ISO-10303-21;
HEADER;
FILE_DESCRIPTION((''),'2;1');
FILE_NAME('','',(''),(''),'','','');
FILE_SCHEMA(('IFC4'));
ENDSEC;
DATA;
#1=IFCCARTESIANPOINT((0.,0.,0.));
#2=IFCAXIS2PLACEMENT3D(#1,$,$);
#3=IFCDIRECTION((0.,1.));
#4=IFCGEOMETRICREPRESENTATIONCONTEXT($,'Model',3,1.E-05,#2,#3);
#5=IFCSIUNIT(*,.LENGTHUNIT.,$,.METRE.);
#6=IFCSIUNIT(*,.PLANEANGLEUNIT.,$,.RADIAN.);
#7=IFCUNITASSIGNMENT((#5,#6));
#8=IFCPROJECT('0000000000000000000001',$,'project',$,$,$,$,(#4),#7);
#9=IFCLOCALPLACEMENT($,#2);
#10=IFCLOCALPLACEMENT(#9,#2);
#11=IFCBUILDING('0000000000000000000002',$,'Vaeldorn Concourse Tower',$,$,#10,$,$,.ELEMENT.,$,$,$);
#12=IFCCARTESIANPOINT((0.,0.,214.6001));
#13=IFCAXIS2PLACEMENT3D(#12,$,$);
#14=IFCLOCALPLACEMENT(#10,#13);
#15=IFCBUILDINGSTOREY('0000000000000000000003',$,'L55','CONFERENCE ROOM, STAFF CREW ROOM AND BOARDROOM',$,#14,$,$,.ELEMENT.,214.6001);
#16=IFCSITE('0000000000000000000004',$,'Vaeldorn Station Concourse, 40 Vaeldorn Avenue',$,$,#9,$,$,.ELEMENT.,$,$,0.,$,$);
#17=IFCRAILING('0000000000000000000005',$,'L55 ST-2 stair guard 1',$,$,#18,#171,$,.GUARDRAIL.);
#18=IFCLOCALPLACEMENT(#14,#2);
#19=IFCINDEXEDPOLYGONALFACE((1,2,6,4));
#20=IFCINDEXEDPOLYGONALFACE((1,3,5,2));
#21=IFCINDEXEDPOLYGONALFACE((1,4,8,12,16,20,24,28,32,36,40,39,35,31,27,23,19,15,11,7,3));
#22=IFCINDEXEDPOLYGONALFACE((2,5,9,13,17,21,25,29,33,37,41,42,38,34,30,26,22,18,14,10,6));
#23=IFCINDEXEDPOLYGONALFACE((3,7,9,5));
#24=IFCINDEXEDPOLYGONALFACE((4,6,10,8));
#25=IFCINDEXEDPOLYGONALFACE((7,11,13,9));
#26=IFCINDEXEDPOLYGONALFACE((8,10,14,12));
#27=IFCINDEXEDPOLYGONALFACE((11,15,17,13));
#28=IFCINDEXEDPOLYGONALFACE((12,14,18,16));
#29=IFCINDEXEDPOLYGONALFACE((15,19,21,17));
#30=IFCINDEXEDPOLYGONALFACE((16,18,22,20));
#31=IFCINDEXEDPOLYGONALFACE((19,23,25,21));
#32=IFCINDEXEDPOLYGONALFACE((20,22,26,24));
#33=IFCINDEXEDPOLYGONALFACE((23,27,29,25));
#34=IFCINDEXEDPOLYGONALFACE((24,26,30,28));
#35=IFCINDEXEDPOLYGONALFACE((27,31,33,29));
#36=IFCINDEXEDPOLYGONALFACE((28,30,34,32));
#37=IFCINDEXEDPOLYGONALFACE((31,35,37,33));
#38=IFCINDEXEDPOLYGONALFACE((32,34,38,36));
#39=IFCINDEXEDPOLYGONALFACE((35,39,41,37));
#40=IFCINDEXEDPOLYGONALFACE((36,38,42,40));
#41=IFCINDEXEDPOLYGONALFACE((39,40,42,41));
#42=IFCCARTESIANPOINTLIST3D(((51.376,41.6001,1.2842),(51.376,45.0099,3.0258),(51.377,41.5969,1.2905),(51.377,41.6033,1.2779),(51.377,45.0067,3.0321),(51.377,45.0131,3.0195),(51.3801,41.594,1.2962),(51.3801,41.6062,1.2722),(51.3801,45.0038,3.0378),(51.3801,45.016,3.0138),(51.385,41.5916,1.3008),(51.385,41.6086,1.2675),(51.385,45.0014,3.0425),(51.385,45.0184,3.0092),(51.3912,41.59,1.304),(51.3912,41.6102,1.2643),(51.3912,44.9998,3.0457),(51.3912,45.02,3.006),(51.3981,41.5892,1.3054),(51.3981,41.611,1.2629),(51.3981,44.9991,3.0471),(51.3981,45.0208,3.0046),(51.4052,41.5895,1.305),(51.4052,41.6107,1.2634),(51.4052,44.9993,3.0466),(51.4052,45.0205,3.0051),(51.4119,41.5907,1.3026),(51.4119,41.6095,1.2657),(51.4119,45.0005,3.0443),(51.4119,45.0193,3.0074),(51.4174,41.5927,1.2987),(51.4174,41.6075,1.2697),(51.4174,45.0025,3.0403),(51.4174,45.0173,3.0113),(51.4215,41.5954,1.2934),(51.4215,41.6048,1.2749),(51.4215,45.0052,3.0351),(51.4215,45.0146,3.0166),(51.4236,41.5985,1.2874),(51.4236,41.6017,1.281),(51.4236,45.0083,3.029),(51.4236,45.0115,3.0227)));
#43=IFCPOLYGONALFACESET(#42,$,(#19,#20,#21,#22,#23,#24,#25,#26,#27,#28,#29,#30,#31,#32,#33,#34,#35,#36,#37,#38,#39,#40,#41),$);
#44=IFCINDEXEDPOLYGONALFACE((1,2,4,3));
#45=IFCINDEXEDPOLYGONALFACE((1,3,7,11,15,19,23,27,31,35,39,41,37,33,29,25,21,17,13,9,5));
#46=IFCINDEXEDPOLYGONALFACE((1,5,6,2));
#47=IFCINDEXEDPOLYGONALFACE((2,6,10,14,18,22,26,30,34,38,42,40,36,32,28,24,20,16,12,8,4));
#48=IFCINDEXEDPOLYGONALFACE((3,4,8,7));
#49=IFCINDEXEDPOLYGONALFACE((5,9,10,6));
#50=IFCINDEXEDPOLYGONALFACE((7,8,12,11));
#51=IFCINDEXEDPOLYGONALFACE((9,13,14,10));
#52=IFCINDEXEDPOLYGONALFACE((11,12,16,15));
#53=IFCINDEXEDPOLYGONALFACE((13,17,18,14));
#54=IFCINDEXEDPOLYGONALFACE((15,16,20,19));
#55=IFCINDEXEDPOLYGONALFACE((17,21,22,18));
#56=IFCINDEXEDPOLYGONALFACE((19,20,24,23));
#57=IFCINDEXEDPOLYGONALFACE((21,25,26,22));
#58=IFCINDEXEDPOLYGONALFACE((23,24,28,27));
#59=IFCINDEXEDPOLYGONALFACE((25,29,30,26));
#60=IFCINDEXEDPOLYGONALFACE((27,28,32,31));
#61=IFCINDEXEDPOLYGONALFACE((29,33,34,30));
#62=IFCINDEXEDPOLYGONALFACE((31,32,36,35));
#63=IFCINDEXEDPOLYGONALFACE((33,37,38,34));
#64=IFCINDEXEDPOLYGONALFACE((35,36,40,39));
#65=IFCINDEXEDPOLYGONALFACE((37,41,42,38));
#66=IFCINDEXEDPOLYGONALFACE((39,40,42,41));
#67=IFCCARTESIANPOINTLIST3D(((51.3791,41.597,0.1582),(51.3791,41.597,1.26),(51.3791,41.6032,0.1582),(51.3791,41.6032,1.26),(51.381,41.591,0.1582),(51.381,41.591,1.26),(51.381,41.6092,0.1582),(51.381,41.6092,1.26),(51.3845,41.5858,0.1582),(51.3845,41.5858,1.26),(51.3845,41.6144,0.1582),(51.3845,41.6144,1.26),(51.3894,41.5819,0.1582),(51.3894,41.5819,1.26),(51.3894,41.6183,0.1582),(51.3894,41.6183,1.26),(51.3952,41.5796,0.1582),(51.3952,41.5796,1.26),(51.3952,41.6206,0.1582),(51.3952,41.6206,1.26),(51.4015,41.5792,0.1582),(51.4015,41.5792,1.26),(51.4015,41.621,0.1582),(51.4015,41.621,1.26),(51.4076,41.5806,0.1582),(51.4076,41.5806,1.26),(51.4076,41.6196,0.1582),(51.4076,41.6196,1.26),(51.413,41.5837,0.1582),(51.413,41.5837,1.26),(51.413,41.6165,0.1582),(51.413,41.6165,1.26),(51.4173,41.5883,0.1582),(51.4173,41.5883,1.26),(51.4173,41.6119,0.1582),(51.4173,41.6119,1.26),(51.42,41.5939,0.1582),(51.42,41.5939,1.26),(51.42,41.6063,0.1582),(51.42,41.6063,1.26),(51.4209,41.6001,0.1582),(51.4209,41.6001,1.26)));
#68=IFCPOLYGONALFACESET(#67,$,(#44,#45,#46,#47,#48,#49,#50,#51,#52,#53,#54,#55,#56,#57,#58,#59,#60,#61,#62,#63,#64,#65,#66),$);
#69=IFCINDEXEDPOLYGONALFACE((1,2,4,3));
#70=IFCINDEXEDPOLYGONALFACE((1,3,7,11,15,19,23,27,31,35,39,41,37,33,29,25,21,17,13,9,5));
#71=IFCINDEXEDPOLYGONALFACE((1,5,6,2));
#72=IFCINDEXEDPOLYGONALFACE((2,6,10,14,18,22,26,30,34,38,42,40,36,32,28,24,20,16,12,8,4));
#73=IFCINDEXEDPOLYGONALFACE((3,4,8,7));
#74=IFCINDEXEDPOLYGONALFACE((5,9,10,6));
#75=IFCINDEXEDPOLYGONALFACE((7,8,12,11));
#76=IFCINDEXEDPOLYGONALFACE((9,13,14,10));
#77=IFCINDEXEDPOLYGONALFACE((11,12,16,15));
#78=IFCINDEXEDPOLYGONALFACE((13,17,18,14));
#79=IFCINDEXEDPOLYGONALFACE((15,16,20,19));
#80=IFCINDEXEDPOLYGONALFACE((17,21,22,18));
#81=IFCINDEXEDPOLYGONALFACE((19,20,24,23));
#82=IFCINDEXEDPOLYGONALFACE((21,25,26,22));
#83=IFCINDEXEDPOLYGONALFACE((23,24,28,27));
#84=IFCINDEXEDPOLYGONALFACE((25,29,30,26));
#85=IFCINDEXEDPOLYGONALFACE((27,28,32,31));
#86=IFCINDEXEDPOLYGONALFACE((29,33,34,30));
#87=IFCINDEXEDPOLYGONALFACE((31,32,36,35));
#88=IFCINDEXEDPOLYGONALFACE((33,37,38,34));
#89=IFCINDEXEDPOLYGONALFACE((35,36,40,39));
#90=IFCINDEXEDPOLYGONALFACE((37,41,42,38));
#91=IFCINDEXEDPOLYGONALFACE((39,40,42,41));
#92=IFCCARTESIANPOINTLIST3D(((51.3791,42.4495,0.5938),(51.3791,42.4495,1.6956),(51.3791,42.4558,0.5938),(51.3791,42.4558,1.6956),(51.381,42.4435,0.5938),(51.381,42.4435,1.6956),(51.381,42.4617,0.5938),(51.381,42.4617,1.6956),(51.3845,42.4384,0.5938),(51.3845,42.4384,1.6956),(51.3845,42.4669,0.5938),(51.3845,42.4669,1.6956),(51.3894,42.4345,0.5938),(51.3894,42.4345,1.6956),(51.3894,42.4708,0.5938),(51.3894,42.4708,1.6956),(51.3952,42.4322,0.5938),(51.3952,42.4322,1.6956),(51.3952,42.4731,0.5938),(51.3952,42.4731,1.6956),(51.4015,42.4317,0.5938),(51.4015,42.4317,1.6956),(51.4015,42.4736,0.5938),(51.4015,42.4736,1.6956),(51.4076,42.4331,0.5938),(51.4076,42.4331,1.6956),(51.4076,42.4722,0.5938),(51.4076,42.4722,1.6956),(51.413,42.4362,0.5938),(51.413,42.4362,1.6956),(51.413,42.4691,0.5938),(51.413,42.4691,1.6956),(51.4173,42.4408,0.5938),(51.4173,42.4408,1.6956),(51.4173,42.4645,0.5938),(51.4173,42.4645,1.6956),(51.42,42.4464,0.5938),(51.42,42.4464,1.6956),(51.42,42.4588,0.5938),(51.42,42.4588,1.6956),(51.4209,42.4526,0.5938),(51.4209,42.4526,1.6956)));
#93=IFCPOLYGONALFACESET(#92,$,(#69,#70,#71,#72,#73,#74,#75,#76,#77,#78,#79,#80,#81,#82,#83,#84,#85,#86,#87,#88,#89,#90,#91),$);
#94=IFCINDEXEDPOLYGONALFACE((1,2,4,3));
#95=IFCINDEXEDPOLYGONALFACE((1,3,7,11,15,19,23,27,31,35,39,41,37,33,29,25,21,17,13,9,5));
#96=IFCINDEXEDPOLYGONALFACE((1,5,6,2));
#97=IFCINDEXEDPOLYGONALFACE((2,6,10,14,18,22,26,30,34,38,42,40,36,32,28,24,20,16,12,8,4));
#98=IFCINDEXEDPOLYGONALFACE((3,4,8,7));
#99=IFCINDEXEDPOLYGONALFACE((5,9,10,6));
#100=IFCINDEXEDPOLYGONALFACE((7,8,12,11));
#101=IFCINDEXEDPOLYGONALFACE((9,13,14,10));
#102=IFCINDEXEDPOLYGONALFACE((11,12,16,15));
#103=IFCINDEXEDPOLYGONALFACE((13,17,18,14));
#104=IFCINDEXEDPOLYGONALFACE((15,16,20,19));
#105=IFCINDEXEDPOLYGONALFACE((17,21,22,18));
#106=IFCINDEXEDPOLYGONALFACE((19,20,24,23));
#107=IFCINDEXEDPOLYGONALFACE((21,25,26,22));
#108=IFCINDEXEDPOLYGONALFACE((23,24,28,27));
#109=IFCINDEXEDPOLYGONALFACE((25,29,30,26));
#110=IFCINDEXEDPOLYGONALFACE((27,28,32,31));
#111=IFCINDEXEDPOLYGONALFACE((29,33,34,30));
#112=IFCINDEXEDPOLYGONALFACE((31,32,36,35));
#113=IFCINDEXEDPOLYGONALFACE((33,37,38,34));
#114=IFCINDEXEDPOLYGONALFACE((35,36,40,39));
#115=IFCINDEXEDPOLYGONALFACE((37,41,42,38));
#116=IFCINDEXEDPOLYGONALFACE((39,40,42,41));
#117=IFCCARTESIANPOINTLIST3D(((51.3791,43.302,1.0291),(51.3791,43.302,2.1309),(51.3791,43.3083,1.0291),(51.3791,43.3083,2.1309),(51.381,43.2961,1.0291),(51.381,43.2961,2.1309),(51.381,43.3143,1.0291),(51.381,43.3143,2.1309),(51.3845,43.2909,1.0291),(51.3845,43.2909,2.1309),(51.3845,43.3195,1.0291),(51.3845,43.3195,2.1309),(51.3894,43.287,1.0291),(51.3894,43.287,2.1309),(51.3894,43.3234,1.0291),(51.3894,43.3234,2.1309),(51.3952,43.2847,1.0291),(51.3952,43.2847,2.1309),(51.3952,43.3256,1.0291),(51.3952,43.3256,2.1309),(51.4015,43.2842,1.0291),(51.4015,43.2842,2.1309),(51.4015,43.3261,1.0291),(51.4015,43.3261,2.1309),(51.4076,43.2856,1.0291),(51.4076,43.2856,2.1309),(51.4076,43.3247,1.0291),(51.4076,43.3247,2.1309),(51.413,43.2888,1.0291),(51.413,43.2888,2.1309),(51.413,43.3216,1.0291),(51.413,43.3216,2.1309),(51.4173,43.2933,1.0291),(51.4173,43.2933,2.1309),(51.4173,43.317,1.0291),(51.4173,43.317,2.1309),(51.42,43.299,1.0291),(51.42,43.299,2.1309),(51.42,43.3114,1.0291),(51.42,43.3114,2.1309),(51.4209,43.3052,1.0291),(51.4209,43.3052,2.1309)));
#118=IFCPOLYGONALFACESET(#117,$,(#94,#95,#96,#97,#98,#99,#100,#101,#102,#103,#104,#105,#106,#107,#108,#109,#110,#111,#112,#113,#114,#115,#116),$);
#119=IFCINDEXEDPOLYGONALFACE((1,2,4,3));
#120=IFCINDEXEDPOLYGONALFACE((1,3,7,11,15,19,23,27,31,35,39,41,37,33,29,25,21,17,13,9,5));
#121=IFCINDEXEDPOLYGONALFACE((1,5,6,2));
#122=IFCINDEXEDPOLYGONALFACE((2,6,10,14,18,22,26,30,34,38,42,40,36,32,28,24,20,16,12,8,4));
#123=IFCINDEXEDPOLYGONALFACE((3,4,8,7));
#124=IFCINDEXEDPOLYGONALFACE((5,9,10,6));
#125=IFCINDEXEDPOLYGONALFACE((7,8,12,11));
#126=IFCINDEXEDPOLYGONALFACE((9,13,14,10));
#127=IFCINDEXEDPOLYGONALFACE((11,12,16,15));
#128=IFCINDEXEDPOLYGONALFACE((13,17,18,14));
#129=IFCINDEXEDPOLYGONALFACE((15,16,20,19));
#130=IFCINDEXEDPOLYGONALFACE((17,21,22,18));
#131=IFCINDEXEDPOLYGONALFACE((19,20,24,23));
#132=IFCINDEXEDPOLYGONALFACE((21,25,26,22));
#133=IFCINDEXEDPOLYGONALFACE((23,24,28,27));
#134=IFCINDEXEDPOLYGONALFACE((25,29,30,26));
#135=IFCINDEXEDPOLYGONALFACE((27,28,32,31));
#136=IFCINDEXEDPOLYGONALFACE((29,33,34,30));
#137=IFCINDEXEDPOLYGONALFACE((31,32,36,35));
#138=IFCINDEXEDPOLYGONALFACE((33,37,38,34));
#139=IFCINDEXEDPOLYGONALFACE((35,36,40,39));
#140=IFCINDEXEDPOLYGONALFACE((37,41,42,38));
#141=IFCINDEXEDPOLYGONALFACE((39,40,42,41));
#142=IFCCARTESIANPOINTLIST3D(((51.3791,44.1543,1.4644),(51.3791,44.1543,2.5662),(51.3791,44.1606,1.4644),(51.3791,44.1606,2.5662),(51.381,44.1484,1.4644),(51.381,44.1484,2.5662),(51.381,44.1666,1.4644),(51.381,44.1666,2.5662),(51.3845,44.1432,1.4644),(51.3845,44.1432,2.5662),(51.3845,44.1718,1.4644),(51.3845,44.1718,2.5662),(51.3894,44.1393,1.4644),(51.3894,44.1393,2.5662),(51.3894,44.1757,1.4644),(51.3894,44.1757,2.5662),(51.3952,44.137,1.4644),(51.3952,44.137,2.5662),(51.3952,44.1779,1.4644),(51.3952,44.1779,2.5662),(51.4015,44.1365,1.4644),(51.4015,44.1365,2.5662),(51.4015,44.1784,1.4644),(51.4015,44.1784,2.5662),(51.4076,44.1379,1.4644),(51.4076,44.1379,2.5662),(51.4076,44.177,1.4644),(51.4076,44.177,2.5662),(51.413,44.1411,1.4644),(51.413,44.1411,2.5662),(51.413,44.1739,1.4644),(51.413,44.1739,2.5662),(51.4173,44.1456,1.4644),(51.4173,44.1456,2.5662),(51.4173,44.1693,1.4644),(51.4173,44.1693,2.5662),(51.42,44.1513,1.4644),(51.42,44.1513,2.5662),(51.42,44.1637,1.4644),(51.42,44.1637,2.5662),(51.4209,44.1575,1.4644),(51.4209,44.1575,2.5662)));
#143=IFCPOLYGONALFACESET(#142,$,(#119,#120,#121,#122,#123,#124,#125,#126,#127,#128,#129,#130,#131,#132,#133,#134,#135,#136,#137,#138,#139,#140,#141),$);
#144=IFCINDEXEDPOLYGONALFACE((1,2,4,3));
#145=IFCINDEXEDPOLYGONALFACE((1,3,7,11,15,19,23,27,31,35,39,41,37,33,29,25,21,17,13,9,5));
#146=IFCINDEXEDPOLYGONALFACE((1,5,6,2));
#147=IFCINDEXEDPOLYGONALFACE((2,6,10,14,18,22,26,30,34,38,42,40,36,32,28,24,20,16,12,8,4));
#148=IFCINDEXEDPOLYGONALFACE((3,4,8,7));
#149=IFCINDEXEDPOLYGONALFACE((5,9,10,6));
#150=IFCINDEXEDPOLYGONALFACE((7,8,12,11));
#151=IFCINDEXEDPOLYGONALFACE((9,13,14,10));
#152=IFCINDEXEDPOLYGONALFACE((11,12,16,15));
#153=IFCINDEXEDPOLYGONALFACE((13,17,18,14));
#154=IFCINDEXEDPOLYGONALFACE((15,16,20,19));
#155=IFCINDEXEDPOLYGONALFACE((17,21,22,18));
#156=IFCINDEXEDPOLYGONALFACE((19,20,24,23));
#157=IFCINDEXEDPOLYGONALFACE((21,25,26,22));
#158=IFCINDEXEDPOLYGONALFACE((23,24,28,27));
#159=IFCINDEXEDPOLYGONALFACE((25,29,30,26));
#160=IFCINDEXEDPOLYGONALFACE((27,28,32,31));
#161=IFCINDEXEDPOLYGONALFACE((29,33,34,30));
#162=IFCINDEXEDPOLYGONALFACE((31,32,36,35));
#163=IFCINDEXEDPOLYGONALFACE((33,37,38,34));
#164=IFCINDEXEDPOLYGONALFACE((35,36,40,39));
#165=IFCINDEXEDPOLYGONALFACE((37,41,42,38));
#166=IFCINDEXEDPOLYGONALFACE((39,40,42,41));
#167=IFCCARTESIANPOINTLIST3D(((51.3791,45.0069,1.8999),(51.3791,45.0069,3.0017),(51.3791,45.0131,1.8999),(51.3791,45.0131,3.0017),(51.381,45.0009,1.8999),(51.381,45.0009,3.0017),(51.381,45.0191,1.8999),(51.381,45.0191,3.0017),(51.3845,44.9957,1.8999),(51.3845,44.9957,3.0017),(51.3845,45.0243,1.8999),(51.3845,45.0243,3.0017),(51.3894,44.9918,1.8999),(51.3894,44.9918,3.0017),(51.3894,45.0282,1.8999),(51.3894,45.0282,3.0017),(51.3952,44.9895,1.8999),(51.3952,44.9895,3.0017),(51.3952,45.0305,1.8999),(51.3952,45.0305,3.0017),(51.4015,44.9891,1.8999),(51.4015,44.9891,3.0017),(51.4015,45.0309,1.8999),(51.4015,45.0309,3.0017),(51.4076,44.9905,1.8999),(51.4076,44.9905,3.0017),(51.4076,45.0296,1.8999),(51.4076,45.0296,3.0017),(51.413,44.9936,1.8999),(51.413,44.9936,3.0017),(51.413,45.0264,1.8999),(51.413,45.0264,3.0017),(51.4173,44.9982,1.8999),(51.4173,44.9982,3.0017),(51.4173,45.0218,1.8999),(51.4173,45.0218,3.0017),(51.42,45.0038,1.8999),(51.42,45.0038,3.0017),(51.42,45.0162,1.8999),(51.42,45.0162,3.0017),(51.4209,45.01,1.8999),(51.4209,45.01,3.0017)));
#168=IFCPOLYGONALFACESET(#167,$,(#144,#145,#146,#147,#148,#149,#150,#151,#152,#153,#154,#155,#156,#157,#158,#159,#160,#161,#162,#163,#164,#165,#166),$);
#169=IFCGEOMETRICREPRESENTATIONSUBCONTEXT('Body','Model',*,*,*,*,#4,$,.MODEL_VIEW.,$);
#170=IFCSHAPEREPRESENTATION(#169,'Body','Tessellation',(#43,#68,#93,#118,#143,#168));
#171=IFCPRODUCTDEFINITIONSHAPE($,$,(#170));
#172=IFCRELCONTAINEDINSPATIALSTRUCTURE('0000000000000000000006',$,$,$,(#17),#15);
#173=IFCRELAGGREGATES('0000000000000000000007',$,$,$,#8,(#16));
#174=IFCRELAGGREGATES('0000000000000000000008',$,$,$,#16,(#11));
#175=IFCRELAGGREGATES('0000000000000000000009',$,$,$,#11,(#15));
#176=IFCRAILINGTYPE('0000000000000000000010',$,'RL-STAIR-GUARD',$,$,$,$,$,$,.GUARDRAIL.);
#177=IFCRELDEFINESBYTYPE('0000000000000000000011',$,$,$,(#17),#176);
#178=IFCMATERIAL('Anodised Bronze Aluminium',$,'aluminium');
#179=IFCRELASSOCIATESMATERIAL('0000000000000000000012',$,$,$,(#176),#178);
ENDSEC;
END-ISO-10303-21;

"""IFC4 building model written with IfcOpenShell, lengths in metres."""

from ifc_helpers import new_model, si_unit, direction, frame, origin, origin_2d, place, context, subcontext, project, spatial, circle, extrude, material, type_object, element, save


model = new_model("IFC4")

# Units and contexts
model_context = context("Model", 3, precision=1e-05, world=origin(), true_north=direction((0.0, 1.0)))
body_context = subcontext(model_context, "Body", "Model", "MODEL_VIEW")
ifc_project = project(units=[si_unit("LENGTHUNIT", "METRE"), si_unit("PLANEANGLEUNIT", "RADIAN")], contexts=[model_context])

# Site, building, storey
site_placement = place(None, origin())
site = spatial("IfcSite", under=ifc_project, at=site_placement, Name="Vaeldorn Station Concourse, 40 Vaeldorn Avenue", CompositionType="ELEMENT", RefElevation=0.0)
building_placement = place(site_placement, origin())
building = spatial("IfcBuilding", under=site, at=building_placement, Name="Vaeldorn Concourse Tower", CompositionType="ELEMENT")
storey_placement = place(building_placement, frame((0.0, 0.0, 214.6001)))
storey = spatial("IfcBuildingStorey", under=building, at=storey_placement, Name="L55", Description="CONFERENCE ROOM, STAFF CREW ROOM AND BOARDROOM", CompositionType="ELEMENT", Elevation=214.6001)

# Shared definitions
ifc_material_1 = material(Name="Anodised Bronze Aluminium", Category="aluminium")

# Railing
railing_type_1 = type_object("IfcRailingType", Name="RL-STAIR-GUARD", PredefinedType="GUARDRAIL", material=ifc_material_1)
railing_1_placement = place(storey_placement, frame((51.3999, 41.6001, 0.1582)))
element("IfcRailing", 1, at=railing_1_placement, inside=storey, type_object=railing_type_1, Name="L55 ST-2 stair guard 1", PredefinedType="GUARDRAIL", context=body_context, shape_type="SweptSolid", body=[
    extrude(circle(Radius=0.0239, at=origin_2d()), frame((0.0, 0.0, 1.126), z_axis=(0.0, 0.890556, 0.454874), x_axis=(-1.0, 0.0, 0.0)), (0.0, 0.0, 1.0), 3.8289),
    extrude(circle(Radius=0.021, at=origin_2d()), origin(), (0.0, 0.0, 1.0), 1.1018),
    extrude(circle(Radius=0.021, at=origin_2d()), frame((0.0, 0.8525, 0.4355)), (0.0, 0.0, 1.0), 1.1018),
    extrude(circle(Radius=0.021, at=origin_2d()), frame((0.0, 1.7051, 0.8708)), (0.0, 0.0, 1.0), 1.1018),
    extrude(circle(Radius=0.021, at=origin_2d()), frame((0.0, 2.5574, 1.3062)), (0.0, 0.0, 1.0), 1.1018),
    extrude(circle(Radius=0.021, at=origin_2d()), frame((0.0, 3.4099, 1.7417)), (0.0, 0.0, 1.0), 1.1018),
])

save(model, "model.ifc")
